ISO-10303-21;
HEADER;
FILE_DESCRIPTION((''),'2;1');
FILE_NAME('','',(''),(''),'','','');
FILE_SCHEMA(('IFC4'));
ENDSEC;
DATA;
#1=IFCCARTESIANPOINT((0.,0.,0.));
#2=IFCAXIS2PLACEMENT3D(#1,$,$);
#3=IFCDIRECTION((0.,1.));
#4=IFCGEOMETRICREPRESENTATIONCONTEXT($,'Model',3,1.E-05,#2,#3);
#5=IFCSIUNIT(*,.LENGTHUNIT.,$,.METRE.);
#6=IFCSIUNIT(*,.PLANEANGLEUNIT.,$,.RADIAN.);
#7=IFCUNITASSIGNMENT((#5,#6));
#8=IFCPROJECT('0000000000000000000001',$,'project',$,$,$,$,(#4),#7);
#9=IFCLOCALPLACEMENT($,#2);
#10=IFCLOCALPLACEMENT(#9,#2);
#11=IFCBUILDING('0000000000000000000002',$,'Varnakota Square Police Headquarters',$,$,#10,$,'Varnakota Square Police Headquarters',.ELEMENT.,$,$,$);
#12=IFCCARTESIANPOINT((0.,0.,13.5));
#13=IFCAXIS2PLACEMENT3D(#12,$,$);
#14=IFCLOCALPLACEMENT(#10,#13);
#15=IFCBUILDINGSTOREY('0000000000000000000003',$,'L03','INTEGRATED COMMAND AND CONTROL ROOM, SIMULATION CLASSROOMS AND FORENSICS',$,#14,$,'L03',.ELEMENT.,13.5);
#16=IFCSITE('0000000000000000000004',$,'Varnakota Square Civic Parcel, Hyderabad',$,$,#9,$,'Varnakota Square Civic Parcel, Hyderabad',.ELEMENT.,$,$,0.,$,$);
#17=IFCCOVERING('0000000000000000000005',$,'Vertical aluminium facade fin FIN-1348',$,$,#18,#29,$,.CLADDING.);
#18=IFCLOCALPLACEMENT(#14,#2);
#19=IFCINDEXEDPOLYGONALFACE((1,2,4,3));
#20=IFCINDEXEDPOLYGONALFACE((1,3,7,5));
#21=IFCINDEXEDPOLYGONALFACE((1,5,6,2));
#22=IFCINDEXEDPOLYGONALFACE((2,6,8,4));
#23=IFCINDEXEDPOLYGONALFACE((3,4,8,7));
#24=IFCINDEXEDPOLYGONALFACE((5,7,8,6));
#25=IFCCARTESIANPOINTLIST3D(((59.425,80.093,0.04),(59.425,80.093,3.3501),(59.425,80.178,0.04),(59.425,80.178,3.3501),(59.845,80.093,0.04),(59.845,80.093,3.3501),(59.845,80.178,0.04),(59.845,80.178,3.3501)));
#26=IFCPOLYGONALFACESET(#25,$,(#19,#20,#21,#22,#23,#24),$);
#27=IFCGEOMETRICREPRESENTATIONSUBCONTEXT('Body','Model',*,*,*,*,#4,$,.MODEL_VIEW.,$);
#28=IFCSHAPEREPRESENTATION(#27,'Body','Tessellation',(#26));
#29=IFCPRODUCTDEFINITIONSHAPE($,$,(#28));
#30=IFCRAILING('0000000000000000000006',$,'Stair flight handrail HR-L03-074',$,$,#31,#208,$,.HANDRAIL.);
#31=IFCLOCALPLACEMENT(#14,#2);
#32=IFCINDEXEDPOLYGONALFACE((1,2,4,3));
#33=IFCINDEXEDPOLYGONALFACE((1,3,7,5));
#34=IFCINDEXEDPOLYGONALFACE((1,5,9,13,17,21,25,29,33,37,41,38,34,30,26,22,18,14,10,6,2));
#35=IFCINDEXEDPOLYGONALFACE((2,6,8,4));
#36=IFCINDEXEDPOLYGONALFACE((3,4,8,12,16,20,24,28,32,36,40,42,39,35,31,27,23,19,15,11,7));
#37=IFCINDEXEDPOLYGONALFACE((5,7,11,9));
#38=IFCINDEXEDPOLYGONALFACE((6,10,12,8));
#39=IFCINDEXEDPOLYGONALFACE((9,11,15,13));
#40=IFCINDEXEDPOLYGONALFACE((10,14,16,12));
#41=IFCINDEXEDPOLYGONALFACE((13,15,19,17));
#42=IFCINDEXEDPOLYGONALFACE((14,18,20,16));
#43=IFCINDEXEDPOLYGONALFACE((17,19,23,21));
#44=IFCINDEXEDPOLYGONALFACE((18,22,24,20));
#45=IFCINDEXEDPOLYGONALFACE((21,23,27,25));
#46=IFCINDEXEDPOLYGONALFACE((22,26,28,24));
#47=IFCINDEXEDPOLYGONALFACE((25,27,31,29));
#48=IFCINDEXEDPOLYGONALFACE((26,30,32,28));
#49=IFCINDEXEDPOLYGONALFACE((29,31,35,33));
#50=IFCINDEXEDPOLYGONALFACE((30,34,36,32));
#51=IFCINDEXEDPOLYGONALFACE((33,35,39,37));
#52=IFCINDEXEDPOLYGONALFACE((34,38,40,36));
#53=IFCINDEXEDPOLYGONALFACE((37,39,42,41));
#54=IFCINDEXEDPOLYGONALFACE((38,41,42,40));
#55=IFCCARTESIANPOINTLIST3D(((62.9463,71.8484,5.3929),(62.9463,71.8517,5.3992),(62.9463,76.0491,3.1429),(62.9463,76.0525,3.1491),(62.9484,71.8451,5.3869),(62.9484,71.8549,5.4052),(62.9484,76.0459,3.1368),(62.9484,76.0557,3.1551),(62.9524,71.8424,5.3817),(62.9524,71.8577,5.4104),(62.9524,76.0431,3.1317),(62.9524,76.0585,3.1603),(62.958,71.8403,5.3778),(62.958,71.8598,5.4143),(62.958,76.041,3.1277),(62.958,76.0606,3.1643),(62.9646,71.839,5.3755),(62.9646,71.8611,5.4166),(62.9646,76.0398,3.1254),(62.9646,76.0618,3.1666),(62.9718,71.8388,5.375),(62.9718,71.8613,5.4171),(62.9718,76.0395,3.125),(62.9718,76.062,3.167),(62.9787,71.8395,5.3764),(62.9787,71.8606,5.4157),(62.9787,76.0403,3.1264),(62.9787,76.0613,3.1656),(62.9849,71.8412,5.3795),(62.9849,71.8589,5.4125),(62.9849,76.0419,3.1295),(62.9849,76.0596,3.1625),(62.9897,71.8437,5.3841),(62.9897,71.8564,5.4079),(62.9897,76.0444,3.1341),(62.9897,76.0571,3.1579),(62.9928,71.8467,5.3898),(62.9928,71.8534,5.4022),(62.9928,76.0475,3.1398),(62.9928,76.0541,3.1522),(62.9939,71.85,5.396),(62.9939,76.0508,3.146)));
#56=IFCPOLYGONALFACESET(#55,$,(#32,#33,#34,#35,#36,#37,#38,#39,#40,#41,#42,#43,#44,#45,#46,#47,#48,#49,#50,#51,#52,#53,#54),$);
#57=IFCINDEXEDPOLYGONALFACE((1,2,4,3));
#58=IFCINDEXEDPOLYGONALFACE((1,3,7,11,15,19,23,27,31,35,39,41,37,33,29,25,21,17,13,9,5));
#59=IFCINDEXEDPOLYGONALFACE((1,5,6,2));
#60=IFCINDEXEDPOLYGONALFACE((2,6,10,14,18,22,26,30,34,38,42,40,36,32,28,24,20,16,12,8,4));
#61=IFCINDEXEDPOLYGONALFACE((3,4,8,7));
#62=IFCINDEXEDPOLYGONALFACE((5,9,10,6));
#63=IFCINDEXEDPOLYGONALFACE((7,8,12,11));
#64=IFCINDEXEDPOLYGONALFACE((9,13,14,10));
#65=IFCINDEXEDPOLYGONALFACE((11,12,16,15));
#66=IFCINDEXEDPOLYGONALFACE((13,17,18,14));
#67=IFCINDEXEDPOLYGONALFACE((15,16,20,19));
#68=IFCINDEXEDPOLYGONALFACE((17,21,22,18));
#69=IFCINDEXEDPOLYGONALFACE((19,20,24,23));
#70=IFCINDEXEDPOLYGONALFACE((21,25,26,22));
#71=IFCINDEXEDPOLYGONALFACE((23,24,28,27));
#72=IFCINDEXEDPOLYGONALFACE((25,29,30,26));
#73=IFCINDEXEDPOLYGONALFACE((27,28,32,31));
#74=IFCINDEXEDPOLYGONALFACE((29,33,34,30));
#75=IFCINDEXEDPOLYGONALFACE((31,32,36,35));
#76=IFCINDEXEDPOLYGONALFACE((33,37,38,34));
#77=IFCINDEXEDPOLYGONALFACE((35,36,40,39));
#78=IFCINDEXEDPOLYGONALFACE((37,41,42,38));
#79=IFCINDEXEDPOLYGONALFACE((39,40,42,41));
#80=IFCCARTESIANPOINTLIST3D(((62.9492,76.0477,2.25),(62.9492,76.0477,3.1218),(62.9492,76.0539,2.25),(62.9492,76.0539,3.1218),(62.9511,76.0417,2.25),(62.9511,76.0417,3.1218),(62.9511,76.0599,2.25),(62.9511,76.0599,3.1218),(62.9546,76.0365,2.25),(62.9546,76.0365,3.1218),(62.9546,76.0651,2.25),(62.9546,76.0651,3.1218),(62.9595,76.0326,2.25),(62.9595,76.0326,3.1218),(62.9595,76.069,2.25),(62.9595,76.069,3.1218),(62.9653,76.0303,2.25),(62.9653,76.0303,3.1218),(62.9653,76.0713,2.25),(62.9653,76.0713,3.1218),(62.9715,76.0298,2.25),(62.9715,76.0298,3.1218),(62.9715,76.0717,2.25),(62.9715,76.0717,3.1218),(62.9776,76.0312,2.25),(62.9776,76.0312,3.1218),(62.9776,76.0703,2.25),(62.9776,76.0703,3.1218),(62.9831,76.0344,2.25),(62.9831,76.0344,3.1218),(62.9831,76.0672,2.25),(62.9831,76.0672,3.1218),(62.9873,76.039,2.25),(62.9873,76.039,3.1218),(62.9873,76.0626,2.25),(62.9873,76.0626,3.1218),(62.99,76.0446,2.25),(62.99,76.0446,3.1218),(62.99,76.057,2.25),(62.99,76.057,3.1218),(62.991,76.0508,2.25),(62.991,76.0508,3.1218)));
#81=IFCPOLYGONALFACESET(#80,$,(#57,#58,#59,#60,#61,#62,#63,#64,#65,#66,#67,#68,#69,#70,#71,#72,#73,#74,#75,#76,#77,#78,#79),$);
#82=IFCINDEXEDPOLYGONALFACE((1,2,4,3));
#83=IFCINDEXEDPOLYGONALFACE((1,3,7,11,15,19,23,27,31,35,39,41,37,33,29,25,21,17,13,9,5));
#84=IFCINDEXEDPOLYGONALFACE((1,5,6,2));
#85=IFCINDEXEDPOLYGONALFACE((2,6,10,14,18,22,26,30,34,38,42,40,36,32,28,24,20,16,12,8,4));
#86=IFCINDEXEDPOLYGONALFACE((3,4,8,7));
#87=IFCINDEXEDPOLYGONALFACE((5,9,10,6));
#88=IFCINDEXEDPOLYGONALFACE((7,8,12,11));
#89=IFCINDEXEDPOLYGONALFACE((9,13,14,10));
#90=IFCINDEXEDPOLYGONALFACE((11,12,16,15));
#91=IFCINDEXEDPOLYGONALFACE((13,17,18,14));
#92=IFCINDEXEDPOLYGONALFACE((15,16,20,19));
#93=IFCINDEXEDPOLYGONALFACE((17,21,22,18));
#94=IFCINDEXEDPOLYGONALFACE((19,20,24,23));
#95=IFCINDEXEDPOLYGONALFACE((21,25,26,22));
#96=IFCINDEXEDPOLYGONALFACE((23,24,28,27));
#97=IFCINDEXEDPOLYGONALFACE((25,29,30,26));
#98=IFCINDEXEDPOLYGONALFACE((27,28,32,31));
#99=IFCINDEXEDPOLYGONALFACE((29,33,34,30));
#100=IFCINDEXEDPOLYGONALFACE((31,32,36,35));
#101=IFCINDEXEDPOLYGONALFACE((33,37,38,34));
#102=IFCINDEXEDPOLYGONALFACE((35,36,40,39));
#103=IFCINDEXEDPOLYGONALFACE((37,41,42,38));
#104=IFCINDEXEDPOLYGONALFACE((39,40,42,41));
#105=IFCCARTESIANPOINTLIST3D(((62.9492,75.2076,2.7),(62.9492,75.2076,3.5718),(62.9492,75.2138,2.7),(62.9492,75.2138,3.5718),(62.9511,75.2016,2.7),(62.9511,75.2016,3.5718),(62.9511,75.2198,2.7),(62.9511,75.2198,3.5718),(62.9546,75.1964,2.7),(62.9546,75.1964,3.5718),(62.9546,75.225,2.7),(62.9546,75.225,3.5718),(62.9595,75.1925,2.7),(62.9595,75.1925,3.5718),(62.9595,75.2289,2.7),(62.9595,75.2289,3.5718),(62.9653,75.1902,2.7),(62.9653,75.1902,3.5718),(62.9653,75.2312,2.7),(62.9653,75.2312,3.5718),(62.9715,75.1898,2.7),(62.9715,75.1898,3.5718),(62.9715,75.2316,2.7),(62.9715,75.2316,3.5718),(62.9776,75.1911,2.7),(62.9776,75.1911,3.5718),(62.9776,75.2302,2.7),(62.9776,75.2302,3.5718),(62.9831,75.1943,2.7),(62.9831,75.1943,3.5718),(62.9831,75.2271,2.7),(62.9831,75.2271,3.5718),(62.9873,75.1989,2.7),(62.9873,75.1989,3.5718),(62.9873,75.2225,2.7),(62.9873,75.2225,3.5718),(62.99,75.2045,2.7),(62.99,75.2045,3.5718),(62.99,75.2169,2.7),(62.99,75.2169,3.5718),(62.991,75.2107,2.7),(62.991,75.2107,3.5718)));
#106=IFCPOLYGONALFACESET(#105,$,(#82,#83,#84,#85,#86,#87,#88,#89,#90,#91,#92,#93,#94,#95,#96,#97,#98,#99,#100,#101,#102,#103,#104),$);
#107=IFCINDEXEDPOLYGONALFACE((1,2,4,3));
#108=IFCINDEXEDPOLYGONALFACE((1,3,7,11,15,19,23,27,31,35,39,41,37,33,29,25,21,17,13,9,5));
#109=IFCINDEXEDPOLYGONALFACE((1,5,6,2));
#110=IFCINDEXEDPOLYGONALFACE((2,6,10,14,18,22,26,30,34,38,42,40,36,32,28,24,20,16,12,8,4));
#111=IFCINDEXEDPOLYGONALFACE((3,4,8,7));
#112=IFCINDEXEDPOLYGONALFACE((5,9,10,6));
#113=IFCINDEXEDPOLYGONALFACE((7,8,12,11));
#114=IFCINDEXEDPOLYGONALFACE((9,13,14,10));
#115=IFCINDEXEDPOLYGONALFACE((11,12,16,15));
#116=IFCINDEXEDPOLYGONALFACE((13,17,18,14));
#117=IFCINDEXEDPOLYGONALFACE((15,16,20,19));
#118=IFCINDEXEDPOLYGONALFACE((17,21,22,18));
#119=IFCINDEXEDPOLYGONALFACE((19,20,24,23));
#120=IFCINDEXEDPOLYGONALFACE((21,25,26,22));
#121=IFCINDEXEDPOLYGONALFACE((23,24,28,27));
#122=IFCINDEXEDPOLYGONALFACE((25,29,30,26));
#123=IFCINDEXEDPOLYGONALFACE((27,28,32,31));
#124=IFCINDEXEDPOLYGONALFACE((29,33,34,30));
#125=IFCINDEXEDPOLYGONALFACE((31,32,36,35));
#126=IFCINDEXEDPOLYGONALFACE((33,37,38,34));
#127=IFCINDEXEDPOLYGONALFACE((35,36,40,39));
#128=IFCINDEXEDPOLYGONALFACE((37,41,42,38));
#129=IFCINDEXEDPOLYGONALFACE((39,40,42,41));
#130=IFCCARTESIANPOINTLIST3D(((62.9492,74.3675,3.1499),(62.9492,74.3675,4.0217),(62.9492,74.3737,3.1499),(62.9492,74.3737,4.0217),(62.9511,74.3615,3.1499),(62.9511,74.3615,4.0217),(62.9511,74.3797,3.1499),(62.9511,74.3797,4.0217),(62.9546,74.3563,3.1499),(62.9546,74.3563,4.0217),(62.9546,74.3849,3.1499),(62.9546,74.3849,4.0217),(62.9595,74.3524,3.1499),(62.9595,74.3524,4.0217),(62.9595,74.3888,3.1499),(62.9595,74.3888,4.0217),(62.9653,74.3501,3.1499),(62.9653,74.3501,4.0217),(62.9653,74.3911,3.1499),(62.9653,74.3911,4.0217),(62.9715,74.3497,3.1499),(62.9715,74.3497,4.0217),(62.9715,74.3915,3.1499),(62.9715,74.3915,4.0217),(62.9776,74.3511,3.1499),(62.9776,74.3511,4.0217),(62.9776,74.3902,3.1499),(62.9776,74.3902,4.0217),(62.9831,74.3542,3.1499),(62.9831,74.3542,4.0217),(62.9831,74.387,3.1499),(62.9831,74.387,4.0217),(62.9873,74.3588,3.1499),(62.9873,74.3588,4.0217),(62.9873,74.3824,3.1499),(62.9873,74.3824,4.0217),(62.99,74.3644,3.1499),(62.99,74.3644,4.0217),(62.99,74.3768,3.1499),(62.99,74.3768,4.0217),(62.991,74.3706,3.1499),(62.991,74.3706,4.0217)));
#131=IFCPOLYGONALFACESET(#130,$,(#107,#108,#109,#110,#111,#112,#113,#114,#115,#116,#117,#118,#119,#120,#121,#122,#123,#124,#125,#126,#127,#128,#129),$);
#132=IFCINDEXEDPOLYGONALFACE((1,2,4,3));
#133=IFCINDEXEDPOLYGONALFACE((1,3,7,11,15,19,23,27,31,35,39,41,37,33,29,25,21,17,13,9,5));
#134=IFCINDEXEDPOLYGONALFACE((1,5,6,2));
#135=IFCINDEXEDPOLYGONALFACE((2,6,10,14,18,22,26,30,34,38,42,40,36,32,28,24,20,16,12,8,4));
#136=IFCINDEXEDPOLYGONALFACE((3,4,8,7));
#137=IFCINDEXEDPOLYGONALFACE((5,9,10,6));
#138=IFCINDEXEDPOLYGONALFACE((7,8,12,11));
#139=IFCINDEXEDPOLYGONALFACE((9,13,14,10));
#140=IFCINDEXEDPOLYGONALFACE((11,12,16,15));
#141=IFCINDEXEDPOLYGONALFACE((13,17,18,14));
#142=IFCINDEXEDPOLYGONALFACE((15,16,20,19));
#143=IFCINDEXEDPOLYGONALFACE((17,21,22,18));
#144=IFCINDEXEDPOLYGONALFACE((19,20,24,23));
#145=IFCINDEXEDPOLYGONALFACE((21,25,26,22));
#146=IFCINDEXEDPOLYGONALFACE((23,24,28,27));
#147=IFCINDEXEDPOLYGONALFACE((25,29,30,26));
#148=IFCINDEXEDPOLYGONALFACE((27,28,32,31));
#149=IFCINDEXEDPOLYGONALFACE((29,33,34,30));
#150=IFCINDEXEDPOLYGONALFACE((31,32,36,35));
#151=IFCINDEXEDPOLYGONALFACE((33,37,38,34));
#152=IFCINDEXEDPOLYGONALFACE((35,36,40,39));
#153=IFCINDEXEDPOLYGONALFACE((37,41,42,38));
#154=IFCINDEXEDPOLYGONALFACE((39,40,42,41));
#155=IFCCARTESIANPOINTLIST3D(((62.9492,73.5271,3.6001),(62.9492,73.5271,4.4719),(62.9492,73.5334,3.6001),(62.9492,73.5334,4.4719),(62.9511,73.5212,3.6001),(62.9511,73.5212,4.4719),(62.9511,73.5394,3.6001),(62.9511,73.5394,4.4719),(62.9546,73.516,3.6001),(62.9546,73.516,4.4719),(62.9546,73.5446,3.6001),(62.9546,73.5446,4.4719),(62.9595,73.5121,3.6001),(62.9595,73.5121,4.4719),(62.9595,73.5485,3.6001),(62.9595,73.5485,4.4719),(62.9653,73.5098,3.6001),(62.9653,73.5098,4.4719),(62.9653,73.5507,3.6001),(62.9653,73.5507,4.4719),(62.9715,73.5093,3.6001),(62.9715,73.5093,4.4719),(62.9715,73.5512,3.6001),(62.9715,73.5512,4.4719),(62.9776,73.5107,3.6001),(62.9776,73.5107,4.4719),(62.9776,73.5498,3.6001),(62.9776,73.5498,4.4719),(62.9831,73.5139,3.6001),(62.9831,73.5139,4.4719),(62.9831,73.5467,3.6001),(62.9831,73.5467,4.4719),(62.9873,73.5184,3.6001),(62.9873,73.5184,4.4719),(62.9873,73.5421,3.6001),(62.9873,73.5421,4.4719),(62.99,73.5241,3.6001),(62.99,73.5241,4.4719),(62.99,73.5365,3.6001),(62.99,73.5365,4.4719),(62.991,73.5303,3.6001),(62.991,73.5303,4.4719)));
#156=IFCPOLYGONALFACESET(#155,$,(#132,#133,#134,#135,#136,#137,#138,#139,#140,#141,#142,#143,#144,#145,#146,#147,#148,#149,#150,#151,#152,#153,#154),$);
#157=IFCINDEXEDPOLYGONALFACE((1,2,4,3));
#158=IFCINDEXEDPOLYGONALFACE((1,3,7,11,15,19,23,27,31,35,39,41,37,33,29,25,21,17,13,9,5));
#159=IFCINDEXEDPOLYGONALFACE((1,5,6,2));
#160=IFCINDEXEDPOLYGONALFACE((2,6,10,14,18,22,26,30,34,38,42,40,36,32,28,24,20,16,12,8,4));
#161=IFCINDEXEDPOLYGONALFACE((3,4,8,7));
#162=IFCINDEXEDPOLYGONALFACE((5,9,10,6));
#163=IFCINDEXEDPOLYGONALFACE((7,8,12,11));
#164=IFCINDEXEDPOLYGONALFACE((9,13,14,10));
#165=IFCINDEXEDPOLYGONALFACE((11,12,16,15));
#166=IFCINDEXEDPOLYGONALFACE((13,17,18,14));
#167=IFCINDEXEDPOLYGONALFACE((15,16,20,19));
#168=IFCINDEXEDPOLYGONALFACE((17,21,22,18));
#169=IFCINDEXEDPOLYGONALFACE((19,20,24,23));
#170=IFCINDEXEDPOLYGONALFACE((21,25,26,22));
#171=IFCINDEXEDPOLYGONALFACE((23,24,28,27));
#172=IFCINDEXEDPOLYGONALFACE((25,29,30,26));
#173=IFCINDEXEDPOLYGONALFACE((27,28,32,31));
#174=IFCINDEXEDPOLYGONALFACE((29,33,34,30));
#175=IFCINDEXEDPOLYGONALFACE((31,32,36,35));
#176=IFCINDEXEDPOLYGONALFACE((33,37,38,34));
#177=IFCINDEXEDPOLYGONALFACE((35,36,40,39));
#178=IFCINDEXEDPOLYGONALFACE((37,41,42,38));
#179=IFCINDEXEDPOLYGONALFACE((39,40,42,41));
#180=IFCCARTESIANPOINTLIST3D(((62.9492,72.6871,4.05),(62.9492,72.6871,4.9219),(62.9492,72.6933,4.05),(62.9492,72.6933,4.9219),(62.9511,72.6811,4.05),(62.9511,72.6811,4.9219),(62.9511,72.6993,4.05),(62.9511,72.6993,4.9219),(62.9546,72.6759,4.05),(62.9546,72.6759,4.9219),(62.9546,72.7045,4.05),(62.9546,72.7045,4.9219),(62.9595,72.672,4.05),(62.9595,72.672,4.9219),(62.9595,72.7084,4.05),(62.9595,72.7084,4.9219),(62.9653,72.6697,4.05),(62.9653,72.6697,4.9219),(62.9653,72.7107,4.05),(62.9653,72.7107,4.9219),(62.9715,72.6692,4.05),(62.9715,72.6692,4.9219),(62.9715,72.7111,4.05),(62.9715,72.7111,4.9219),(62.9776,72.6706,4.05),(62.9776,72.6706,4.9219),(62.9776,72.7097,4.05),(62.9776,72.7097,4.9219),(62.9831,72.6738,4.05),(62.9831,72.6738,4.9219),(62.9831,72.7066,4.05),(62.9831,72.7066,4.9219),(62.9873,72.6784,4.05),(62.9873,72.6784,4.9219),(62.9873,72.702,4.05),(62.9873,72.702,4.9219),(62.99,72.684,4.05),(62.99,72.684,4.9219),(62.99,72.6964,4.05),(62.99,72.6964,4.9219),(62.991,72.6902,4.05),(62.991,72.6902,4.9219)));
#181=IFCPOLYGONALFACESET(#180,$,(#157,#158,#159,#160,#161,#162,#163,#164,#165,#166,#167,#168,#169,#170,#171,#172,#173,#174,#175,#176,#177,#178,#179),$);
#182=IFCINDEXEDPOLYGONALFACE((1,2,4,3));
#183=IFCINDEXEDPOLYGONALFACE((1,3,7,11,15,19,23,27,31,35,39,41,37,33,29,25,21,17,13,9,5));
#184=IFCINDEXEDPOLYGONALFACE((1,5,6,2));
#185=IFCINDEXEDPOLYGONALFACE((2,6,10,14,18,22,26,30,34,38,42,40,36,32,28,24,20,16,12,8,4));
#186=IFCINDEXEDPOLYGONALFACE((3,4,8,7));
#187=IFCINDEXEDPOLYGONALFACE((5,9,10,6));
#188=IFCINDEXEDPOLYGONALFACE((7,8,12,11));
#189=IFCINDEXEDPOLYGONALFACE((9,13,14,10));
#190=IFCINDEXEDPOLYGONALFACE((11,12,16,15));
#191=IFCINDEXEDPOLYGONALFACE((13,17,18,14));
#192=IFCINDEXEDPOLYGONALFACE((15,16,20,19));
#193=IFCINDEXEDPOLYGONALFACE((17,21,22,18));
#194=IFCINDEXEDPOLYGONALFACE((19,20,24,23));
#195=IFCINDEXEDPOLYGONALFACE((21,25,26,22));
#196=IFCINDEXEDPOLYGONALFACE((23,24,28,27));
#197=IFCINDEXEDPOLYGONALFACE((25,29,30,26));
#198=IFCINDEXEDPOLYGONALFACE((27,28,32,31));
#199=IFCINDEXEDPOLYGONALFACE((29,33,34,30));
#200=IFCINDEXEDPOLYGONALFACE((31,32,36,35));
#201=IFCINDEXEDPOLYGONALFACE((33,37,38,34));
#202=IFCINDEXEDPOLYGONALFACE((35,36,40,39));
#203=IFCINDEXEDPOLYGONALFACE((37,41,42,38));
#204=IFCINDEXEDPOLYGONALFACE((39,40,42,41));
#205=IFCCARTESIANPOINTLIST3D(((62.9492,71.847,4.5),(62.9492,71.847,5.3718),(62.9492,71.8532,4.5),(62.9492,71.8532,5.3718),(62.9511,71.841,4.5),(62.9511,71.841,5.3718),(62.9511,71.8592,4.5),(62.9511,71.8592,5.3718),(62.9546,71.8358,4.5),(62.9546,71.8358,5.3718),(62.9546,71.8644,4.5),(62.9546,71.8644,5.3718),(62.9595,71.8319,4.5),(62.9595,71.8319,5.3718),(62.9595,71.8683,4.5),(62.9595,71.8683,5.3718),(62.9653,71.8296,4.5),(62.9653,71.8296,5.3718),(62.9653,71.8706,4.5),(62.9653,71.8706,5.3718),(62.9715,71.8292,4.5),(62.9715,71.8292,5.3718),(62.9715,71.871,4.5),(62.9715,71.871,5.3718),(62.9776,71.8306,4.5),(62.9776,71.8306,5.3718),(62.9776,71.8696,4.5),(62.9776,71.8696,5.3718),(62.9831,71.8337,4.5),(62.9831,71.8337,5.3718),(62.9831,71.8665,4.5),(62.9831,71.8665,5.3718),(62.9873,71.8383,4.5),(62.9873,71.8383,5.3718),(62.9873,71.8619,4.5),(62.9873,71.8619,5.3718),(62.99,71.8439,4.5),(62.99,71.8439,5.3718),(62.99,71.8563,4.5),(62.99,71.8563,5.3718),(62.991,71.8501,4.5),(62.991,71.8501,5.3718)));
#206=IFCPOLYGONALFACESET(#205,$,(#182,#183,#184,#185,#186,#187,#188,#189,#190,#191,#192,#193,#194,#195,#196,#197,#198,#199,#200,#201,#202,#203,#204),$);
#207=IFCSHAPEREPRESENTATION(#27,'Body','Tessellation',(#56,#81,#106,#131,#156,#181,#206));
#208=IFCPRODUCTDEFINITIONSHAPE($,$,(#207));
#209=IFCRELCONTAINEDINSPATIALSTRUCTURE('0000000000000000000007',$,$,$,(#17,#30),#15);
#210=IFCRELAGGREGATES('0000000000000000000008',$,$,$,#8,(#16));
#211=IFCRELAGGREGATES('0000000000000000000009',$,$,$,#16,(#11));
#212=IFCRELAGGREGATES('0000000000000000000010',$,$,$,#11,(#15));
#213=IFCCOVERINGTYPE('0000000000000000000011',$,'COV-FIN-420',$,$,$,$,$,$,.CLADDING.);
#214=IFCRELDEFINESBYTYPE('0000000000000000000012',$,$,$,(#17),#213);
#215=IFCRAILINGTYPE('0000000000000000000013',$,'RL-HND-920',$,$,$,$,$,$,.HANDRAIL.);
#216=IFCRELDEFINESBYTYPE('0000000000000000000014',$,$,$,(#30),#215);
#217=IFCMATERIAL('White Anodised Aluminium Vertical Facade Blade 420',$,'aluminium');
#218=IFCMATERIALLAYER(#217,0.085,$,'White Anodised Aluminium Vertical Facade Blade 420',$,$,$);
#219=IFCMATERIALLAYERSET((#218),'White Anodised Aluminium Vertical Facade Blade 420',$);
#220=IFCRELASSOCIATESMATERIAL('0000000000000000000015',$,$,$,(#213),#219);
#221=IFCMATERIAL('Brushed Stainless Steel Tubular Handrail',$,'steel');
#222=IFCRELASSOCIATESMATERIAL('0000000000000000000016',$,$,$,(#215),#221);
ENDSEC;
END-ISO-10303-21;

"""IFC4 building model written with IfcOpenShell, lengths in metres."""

from ifc_helpers import new_model, si_unit, direction, frame, origin, origin_2d, place, context, subcontext, project, spatial, rectangle, circle, extrude, material, layer, layer_set, type_object, element, save


model = new_model("IFC4")

# Units and contexts
model_context = context("Model", 3, precision=1e-05, world=origin(), true_north=direction((0.0, 1.0)))
body_context = subcontext(model_context, "Body", "Model", "MODEL_VIEW")
ifc_project = project(units=[si_unit("LENGTHUNIT", "METRE"), si_unit("PLANEANGLEUNIT", "RADIAN")], contexts=[model_context])

# Site, building, storey
site_placement = place(None, origin())
site = spatial("IfcSite", under=ifc_project, at=site_placement, Name="Varnakota Square Civic Parcel, Hyderabad", LongName="Varnakota Square Civic Parcel, Hyderabad", CompositionType="ELEMENT", RefElevation=0.0)
building_placement = place(site_placement, origin())
building = spatial("IfcBuilding", under=site, at=building_placement, Name="Varnakota Square Police Headquarters", LongName="Varnakota Square Police Headquarters", CompositionType="ELEMENT")
storey_placement = place(building_placement, frame((0.0, 0.0, 13.5)))
storey = spatial("IfcBuildingStorey", under=building, at=storey_placement, Name="L03", Description="INTEGRATED COMMAND AND CONTROL ROOM, SIMULATION CLASSROOMS AND FORENSICS", LongName="L03", CompositionType="ELEMENT", Elevation=13.5)

# Covering
ifc_material_1 = material(Name="White Anodised Aluminium Vertical Facade Blade 420", Category="aluminium")
ifc_layer_1 = layer(ifc_material_1, 0.085, Name="White Anodised Aluminium Vertical Facade Blade 420")
ifc_layer_set_1 = layer_set([ifc_layer_1], Name="White Anodised Aluminium Vertical Facade Blade 420")
covering_type = type_object("IfcCoveringType", Name="COV-FIN-420", PredefinedType="CLADDING", material=ifc_layer_set_1)
covering_placement = place(storey_placement, frame((59.635, 80.1355, 0.04), z_axis=(0.0, 0.0, 1.0), x_axis=(0.0, 1.0, 0.0)))
element("IfcCovering", 1, at=covering_placement, inside=storey, type_object=covering_type, Name="Vertical aluminium facade fin FIN-1348", PredefinedType="CLADDING", context=body_context, shape_type="SweptSolid", body=[
    extrude(rectangle(XDim=0.085, YDim=0.4199, at=origin_2d()), origin(), (0.0, 0.0, 1.0), 3.3101),
])

# Railing
ifc_material_2 = material(Name="Brushed Stainless Steel Tubular Handrail", Category="steel")
railing_type_1 = type_object("IfcRailingType", Name="RL-HND-920", PredefinedType="HANDRAIL", material=ifc_material_2)
railing_1_placement = place(storey_placement, frame((62.97, 76.0508, 2.25)))
element("IfcRailing", 2, at=railing_1_placement, inside=storey, type_object=railing_type_1, Name="Stair flight handrail HR-L03-074", PredefinedType="HANDRAIL", context=body_context, shape_type="SweptSolid", body=[
    extrude(circle(Radius=0.0239, at=origin_2d()), frame((0.0, 0.0, 0.896), z_axis=(0.0, -0.881512, 0.472162), x_axis=(1.0, 0.0, 0.0)), (0.0, 0.0, 1.0), 4.7654),
    extrude(circle(Radius=0.021, at=origin_2d()), origin(), (0.0, 0.0, 1.0), 0.8718),
    extrude(circle(Radius=0.021, at=origin_2d()), frame((0.0, -0.8401, 0.45)), (0.0, 0.0, 1.0), 0.8718),
    extrude(circle(Radius=0.021, at=origin_2d()), frame((0.0, -1.6802, 0.8999)), (0.0, 0.0, 1.0), 0.8718),
    extrude(circle(Radius=0.021, at=origin_2d()), frame((0.0, -2.5205, 1.3501)), (0.0, 0.0, 1.0), 0.8718),
    extrude(circle(Radius=0.021, at=origin_2d()), frame((0.0, -3.3606, 1.8)), (0.0, 0.0, 1.0), 0.8718),
    extrude(circle(Radius=0.021, at=origin_2d()), frame((0.0, -4.2007, 2.25)), (0.0, 0.0, 1.0), 0.8718),
])

save(model, "model.ifc")
